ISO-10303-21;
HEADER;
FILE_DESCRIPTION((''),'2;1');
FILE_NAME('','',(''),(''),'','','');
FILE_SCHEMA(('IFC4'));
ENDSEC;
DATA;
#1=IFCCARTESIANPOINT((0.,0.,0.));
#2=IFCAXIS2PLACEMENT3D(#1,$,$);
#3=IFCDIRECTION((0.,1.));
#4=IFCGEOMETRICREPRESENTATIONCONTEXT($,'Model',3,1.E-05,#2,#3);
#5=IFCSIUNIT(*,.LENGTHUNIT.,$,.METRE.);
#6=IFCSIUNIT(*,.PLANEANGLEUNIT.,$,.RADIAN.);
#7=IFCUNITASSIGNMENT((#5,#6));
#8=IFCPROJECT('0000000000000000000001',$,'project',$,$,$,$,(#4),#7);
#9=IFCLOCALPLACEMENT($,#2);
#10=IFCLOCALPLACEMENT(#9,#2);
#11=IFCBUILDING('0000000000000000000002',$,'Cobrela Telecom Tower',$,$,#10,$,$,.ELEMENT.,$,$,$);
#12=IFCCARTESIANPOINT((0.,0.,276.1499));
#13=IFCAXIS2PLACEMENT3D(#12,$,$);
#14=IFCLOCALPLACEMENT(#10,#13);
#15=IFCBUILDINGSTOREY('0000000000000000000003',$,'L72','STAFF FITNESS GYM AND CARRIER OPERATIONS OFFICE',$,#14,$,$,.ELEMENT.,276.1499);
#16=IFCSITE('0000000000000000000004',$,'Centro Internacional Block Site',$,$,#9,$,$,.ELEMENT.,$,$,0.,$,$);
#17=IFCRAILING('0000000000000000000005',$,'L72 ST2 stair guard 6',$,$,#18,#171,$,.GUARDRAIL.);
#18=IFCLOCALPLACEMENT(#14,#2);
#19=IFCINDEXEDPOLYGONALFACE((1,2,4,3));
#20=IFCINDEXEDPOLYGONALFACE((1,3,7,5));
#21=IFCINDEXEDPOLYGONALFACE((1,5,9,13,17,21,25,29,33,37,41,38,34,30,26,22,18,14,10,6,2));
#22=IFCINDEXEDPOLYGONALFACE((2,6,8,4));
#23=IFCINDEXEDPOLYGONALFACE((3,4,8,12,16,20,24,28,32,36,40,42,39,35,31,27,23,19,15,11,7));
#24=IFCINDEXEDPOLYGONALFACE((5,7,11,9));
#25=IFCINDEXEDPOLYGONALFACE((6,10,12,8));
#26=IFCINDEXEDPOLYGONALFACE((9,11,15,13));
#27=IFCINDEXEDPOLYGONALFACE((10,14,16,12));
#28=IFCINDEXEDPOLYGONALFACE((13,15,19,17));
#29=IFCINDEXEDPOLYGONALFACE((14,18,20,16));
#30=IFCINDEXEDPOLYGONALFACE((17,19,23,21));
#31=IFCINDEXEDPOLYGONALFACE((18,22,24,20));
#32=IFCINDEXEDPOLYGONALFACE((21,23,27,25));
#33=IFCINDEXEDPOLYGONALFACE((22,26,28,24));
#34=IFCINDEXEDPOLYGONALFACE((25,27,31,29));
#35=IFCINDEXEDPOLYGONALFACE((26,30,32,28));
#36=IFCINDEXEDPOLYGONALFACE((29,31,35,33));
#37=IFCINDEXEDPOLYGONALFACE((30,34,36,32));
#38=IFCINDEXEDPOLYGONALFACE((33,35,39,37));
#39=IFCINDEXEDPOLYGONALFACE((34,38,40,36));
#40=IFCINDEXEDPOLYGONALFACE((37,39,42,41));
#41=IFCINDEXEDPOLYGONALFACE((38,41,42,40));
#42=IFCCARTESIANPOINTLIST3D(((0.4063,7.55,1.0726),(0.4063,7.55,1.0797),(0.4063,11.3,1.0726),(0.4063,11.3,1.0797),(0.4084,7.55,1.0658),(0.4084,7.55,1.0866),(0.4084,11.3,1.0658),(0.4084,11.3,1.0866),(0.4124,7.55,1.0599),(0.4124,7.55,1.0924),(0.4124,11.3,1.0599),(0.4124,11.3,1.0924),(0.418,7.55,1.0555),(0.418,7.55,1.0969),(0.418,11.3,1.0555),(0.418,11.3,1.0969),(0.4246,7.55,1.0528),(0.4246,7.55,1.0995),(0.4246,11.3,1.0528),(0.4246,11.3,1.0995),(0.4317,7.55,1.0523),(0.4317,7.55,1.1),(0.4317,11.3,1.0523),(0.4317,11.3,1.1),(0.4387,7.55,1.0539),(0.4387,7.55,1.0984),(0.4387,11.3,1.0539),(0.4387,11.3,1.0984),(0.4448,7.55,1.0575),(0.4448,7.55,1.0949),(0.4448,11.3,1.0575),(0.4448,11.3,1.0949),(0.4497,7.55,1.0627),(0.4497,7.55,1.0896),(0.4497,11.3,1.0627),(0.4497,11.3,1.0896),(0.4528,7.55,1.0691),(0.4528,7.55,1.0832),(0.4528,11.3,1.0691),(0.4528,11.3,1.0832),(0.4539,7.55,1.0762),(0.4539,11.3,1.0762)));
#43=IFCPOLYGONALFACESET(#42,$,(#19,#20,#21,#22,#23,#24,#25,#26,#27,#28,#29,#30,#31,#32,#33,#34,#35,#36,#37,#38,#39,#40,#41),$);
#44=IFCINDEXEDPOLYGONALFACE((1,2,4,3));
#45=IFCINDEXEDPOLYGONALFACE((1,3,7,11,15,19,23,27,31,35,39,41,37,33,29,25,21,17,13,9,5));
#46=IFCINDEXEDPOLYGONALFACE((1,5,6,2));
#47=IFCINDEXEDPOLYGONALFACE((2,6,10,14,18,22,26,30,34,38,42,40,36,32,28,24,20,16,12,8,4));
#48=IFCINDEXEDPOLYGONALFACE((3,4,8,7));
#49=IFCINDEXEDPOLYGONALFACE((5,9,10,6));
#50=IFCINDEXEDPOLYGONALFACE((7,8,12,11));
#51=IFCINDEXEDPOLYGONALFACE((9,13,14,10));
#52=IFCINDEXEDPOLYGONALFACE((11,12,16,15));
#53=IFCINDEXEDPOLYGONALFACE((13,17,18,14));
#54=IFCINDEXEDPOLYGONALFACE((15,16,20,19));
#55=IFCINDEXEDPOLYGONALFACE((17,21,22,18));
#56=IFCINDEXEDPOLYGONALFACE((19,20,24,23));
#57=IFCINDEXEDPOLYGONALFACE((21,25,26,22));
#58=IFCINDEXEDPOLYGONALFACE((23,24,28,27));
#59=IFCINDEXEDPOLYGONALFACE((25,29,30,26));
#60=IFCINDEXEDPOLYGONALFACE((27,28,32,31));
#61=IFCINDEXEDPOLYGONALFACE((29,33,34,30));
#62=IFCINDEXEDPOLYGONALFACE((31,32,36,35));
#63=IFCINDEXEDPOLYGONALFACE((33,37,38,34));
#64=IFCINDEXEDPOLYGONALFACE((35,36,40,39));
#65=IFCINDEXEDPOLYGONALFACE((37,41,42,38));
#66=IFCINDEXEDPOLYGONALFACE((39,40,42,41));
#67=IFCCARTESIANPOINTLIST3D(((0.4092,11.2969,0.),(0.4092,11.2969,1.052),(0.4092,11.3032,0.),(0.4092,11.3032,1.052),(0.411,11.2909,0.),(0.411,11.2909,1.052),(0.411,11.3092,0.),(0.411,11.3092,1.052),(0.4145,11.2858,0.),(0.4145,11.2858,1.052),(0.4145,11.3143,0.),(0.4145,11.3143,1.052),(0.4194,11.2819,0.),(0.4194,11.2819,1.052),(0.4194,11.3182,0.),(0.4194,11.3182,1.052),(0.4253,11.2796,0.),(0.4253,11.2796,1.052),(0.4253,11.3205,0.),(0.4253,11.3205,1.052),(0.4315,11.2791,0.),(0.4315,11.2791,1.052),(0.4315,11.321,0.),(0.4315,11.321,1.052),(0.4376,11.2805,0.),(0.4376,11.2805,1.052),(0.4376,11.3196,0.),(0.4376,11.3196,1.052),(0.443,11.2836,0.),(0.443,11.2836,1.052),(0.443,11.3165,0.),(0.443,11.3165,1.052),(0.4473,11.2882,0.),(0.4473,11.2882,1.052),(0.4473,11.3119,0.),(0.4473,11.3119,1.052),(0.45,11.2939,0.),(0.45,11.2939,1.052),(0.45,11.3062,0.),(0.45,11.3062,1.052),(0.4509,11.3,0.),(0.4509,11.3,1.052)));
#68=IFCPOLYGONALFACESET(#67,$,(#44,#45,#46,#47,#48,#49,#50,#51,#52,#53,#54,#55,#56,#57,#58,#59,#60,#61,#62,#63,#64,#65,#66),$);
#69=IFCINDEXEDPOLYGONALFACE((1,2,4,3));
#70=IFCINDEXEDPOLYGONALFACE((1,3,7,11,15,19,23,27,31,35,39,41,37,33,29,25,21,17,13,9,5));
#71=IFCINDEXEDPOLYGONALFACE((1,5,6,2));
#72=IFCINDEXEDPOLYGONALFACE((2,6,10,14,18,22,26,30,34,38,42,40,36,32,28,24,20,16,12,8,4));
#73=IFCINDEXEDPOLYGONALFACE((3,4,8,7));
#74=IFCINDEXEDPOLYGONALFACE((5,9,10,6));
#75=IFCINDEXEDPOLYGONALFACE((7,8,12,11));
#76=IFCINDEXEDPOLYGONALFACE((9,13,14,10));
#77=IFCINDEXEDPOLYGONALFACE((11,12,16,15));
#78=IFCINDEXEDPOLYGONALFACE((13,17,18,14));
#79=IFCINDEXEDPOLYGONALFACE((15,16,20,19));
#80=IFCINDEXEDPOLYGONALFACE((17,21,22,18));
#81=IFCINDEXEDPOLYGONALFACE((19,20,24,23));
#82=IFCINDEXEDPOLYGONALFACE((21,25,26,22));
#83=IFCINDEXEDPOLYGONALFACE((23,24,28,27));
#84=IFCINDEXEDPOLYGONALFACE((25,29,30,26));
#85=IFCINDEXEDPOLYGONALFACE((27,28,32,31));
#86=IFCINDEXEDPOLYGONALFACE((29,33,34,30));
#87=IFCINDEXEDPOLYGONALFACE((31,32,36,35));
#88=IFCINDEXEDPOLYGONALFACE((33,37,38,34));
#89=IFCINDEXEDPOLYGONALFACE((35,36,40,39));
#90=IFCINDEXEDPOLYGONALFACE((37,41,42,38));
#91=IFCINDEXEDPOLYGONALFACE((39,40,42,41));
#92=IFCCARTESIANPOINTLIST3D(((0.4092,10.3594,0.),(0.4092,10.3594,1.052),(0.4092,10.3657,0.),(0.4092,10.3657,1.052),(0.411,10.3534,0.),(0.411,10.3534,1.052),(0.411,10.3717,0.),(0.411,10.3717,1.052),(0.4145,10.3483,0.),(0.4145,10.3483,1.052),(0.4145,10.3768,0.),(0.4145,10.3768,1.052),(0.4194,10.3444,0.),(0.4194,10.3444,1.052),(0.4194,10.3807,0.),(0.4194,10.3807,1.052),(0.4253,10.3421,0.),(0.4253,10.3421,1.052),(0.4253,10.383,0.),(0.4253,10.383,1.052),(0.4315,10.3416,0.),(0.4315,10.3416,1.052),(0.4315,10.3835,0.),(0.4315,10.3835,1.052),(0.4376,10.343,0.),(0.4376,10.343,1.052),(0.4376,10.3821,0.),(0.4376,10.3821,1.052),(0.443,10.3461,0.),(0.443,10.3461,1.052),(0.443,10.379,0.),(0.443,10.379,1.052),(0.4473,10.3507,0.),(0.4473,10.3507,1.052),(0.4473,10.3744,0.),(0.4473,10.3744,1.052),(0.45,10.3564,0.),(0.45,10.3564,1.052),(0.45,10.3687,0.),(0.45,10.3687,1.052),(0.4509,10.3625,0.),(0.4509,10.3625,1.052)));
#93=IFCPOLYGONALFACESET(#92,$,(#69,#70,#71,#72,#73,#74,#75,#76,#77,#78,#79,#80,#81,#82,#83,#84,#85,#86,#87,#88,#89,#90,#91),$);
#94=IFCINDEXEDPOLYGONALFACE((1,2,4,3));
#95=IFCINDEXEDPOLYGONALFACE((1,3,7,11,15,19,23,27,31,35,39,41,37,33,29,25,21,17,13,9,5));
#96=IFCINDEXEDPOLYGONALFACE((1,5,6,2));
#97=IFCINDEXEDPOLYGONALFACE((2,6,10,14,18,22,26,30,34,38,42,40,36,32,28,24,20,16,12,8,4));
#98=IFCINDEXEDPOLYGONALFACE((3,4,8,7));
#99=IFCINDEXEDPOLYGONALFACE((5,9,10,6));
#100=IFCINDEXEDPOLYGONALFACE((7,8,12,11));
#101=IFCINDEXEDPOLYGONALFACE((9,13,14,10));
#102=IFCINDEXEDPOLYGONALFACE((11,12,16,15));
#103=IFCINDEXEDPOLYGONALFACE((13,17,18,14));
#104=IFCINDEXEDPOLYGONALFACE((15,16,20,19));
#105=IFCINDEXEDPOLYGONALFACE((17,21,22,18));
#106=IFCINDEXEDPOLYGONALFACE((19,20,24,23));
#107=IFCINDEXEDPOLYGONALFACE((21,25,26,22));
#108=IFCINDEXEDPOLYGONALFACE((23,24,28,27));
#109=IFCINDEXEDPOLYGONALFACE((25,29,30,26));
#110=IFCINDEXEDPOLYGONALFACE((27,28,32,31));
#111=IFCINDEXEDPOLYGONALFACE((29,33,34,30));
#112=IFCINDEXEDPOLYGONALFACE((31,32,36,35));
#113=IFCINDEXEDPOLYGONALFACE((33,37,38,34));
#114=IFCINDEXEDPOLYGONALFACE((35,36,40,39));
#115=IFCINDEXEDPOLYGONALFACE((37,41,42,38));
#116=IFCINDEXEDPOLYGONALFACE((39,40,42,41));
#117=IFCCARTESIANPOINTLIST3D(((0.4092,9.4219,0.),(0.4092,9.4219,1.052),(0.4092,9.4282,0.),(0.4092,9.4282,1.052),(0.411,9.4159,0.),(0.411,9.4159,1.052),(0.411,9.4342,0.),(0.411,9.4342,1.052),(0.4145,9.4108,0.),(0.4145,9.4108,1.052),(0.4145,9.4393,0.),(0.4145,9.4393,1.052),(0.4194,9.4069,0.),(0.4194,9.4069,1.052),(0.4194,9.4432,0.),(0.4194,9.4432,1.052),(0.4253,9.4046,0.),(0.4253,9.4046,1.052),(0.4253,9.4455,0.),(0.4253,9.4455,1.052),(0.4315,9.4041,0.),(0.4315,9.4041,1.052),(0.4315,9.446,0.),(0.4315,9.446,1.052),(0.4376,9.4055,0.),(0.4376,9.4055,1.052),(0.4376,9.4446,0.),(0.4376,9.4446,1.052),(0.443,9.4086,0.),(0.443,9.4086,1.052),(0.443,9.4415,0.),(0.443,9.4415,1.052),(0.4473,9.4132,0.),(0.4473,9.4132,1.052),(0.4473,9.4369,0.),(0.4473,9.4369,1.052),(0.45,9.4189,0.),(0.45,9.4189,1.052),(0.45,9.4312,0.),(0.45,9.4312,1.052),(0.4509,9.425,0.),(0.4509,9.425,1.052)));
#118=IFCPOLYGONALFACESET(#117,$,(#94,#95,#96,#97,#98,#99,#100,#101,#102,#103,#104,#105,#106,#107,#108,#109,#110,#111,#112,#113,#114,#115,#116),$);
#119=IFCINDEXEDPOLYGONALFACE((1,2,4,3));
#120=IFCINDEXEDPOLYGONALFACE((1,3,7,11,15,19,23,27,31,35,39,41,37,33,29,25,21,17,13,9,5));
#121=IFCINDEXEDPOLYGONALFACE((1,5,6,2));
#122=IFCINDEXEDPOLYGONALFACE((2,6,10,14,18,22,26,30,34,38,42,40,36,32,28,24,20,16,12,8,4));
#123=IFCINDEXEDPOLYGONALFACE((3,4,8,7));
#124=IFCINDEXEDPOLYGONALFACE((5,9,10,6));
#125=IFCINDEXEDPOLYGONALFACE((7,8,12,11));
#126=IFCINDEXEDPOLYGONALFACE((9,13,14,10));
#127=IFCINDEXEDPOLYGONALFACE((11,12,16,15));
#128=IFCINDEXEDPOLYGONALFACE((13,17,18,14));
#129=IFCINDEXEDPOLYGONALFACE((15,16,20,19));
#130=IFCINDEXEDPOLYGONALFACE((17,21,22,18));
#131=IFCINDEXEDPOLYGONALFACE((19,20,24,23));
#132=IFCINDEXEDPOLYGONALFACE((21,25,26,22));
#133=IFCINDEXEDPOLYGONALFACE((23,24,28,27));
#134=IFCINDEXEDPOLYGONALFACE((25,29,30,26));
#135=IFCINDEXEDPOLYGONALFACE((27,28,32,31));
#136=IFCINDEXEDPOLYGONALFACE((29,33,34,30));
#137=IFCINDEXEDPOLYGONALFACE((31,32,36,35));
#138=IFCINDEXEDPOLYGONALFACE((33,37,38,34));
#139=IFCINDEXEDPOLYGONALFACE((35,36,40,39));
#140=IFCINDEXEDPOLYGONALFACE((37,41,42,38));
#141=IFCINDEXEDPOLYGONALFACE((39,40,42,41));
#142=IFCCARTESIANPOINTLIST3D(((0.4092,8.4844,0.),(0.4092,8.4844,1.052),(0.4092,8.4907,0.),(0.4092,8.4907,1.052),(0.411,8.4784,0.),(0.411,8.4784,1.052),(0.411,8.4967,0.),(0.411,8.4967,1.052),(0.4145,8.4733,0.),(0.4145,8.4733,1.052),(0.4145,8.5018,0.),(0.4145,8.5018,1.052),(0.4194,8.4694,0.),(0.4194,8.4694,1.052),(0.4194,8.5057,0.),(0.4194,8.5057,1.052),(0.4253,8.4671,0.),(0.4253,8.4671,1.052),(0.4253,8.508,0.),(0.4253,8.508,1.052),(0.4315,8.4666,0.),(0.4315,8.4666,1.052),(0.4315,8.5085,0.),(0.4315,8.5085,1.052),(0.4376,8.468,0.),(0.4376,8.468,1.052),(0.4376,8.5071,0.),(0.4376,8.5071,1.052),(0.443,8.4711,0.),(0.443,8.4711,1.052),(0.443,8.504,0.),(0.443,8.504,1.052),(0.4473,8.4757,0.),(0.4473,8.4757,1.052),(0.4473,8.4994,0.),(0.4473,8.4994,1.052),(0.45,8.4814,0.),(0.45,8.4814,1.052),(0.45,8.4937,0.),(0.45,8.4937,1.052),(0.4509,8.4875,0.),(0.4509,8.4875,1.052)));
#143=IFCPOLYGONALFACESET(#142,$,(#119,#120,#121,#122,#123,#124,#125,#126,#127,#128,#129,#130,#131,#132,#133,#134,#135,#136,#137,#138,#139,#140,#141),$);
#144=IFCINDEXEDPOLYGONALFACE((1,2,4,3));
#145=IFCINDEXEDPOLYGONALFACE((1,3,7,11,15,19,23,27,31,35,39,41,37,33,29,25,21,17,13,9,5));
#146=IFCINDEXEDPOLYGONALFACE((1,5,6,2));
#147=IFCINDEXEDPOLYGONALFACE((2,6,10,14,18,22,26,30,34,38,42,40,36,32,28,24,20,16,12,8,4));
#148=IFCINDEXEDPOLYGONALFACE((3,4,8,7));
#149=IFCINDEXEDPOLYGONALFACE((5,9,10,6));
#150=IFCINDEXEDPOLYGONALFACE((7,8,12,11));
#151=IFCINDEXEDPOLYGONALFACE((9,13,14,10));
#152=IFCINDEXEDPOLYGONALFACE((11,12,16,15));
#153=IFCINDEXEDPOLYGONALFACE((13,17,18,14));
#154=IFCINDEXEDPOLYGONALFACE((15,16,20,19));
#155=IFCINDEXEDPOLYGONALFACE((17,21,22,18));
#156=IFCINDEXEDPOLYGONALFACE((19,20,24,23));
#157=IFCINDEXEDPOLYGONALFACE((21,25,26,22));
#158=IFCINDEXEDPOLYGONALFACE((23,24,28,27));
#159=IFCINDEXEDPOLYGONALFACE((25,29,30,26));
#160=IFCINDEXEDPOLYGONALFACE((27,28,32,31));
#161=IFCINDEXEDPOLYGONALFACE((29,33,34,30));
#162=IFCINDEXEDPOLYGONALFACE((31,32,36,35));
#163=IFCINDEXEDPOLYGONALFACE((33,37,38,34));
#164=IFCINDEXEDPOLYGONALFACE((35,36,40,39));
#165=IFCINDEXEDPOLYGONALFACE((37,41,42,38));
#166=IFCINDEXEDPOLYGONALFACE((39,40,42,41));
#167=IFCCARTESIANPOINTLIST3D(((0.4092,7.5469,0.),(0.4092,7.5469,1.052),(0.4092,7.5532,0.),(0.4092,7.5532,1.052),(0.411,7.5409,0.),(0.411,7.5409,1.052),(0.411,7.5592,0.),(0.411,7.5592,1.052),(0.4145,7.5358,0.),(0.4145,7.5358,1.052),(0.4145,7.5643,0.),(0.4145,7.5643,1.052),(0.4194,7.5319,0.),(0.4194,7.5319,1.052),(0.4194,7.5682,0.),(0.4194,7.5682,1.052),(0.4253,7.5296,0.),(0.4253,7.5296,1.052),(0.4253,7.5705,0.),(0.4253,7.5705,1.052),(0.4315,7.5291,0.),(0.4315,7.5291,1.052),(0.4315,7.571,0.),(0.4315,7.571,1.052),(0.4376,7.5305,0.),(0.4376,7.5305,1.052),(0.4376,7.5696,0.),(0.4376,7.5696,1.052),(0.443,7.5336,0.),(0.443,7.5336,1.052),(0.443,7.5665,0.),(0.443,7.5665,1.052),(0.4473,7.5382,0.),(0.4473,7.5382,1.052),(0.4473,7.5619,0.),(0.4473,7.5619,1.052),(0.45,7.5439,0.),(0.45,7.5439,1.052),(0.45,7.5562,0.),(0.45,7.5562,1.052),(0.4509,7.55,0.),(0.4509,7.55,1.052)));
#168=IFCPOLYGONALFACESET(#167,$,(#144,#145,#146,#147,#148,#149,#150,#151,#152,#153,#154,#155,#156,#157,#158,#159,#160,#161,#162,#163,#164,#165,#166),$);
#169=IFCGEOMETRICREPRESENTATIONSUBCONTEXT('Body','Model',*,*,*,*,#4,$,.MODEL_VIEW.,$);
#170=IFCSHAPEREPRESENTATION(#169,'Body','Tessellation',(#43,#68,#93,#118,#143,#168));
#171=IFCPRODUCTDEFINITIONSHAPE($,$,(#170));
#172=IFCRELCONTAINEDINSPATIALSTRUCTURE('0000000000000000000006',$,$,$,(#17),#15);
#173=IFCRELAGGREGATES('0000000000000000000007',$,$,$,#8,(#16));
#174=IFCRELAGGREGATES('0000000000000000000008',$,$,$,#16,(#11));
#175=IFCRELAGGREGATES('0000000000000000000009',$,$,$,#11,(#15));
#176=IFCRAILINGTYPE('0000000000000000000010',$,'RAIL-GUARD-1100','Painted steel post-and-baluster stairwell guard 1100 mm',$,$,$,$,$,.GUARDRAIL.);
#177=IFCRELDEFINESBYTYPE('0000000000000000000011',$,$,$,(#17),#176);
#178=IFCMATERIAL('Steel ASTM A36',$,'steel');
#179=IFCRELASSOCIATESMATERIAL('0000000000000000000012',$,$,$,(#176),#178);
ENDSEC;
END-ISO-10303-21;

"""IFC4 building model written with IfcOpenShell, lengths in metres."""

from ifc_helpers import new_model, si_unit, direction, frame, origin, origin_2d, place, context, subcontext, project, spatial, circle, extrude, material, type_object, element, save


model = new_model("IFC4")

# Units and contexts
model_context = context("Model", 3, precision=1e-05, world=origin(), true_north=direction((0.0, 1.0)))
body_context = subcontext(model_context, "Body", "Model", "MODEL_VIEW")
ifc_project = project(units=[si_unit("LENGTHUNIT", "METRE"), si_unit("PLANEANGLEUNIT", "RADIAN")], contexts=[model_context])

# Site, building, storey
site_placement = place(None, origin())
site = spatial("IfcSite", under=ifc_project, at=site_placement, Name="Centro Internacional Block Site", CompositionType="ELEMENT", RefElevation=0.0)
building_placement = place(site_placement, origin())
building = spatial("IfcBuilding", under=site, at=building_placement, Name="Cobrela Telecom Tower", CompositionType="ELEMENT")
storey_placement = place(building_placement, frame((0.0, 0.0, 276.1499)))
storey = spatial("IfcBuildingStorey", under=building, at=storey_placement, Name="L72", Description="STAFF FITNESS GYM AND CARRIER OPERATIONS OFFICE", CompositionType="ELEMENT", Elevation=276.1499)

# Shared definitions
ifc_material_1 = material(Name="Steel ASTM A36", Category="steel")

# Railing
railing_type = type_object("IfcRailingType", Name="RAIL-GUARD-1100", Description="Painted steel post-and-baluster stairwell guard 1100 mm", PredefinedType="GUARDRAIL", material=ifc_material_1)
railing_1_placement = place(storey_placement, frame((0.4299, 11.3, 0.0)))
element("IfcRailing", 1, at=railing_1_placement, inside=storey, type_object=railing_type, Name="L72 ST2 stair guard 6", PredefinedType="GUARDRAIL", context=body_context, shape_type="SweptSolid", body=[
    extrude(circle(Radius=0.0239, at=origin_2d()), frame((0.0, 0.0, 1.0762), z_axis=(0.0, -1.0, 0.0), x_axis=(1.0, 0.0, 0.0)), (0.0, 0.0, 1.0), 3.75),
    extrude(circle(Radius=0.021, at=origin_2d()), origin(), (0.0, 0.0, 1.0), 1.052),
    extrude(circle(Radius=0.021, at=origin_2d()), frame((0.0, -0.9375, 0.0)), (0.0, 0.0, 1.0), 1.052),
    extrude(circle(Radius=0.021, at=origin_2d()), frame((0.0, -1.875, 0.0)), (0.0, 0.0, 1.0), 1.052),
    extrude(circle(Radius=0.021, at=origin_2d()), frame((0.0, -2.8125, 0.0)), (0.0, 0.0, 1.0), 1.052),
    extrude(circle(Radius=0.021, at=origin_2d()), frame((0.0, -3.75, 0.0)), (0.0, 0.0, 1.0), 1.052),
])

save(model, "model.ifc")
